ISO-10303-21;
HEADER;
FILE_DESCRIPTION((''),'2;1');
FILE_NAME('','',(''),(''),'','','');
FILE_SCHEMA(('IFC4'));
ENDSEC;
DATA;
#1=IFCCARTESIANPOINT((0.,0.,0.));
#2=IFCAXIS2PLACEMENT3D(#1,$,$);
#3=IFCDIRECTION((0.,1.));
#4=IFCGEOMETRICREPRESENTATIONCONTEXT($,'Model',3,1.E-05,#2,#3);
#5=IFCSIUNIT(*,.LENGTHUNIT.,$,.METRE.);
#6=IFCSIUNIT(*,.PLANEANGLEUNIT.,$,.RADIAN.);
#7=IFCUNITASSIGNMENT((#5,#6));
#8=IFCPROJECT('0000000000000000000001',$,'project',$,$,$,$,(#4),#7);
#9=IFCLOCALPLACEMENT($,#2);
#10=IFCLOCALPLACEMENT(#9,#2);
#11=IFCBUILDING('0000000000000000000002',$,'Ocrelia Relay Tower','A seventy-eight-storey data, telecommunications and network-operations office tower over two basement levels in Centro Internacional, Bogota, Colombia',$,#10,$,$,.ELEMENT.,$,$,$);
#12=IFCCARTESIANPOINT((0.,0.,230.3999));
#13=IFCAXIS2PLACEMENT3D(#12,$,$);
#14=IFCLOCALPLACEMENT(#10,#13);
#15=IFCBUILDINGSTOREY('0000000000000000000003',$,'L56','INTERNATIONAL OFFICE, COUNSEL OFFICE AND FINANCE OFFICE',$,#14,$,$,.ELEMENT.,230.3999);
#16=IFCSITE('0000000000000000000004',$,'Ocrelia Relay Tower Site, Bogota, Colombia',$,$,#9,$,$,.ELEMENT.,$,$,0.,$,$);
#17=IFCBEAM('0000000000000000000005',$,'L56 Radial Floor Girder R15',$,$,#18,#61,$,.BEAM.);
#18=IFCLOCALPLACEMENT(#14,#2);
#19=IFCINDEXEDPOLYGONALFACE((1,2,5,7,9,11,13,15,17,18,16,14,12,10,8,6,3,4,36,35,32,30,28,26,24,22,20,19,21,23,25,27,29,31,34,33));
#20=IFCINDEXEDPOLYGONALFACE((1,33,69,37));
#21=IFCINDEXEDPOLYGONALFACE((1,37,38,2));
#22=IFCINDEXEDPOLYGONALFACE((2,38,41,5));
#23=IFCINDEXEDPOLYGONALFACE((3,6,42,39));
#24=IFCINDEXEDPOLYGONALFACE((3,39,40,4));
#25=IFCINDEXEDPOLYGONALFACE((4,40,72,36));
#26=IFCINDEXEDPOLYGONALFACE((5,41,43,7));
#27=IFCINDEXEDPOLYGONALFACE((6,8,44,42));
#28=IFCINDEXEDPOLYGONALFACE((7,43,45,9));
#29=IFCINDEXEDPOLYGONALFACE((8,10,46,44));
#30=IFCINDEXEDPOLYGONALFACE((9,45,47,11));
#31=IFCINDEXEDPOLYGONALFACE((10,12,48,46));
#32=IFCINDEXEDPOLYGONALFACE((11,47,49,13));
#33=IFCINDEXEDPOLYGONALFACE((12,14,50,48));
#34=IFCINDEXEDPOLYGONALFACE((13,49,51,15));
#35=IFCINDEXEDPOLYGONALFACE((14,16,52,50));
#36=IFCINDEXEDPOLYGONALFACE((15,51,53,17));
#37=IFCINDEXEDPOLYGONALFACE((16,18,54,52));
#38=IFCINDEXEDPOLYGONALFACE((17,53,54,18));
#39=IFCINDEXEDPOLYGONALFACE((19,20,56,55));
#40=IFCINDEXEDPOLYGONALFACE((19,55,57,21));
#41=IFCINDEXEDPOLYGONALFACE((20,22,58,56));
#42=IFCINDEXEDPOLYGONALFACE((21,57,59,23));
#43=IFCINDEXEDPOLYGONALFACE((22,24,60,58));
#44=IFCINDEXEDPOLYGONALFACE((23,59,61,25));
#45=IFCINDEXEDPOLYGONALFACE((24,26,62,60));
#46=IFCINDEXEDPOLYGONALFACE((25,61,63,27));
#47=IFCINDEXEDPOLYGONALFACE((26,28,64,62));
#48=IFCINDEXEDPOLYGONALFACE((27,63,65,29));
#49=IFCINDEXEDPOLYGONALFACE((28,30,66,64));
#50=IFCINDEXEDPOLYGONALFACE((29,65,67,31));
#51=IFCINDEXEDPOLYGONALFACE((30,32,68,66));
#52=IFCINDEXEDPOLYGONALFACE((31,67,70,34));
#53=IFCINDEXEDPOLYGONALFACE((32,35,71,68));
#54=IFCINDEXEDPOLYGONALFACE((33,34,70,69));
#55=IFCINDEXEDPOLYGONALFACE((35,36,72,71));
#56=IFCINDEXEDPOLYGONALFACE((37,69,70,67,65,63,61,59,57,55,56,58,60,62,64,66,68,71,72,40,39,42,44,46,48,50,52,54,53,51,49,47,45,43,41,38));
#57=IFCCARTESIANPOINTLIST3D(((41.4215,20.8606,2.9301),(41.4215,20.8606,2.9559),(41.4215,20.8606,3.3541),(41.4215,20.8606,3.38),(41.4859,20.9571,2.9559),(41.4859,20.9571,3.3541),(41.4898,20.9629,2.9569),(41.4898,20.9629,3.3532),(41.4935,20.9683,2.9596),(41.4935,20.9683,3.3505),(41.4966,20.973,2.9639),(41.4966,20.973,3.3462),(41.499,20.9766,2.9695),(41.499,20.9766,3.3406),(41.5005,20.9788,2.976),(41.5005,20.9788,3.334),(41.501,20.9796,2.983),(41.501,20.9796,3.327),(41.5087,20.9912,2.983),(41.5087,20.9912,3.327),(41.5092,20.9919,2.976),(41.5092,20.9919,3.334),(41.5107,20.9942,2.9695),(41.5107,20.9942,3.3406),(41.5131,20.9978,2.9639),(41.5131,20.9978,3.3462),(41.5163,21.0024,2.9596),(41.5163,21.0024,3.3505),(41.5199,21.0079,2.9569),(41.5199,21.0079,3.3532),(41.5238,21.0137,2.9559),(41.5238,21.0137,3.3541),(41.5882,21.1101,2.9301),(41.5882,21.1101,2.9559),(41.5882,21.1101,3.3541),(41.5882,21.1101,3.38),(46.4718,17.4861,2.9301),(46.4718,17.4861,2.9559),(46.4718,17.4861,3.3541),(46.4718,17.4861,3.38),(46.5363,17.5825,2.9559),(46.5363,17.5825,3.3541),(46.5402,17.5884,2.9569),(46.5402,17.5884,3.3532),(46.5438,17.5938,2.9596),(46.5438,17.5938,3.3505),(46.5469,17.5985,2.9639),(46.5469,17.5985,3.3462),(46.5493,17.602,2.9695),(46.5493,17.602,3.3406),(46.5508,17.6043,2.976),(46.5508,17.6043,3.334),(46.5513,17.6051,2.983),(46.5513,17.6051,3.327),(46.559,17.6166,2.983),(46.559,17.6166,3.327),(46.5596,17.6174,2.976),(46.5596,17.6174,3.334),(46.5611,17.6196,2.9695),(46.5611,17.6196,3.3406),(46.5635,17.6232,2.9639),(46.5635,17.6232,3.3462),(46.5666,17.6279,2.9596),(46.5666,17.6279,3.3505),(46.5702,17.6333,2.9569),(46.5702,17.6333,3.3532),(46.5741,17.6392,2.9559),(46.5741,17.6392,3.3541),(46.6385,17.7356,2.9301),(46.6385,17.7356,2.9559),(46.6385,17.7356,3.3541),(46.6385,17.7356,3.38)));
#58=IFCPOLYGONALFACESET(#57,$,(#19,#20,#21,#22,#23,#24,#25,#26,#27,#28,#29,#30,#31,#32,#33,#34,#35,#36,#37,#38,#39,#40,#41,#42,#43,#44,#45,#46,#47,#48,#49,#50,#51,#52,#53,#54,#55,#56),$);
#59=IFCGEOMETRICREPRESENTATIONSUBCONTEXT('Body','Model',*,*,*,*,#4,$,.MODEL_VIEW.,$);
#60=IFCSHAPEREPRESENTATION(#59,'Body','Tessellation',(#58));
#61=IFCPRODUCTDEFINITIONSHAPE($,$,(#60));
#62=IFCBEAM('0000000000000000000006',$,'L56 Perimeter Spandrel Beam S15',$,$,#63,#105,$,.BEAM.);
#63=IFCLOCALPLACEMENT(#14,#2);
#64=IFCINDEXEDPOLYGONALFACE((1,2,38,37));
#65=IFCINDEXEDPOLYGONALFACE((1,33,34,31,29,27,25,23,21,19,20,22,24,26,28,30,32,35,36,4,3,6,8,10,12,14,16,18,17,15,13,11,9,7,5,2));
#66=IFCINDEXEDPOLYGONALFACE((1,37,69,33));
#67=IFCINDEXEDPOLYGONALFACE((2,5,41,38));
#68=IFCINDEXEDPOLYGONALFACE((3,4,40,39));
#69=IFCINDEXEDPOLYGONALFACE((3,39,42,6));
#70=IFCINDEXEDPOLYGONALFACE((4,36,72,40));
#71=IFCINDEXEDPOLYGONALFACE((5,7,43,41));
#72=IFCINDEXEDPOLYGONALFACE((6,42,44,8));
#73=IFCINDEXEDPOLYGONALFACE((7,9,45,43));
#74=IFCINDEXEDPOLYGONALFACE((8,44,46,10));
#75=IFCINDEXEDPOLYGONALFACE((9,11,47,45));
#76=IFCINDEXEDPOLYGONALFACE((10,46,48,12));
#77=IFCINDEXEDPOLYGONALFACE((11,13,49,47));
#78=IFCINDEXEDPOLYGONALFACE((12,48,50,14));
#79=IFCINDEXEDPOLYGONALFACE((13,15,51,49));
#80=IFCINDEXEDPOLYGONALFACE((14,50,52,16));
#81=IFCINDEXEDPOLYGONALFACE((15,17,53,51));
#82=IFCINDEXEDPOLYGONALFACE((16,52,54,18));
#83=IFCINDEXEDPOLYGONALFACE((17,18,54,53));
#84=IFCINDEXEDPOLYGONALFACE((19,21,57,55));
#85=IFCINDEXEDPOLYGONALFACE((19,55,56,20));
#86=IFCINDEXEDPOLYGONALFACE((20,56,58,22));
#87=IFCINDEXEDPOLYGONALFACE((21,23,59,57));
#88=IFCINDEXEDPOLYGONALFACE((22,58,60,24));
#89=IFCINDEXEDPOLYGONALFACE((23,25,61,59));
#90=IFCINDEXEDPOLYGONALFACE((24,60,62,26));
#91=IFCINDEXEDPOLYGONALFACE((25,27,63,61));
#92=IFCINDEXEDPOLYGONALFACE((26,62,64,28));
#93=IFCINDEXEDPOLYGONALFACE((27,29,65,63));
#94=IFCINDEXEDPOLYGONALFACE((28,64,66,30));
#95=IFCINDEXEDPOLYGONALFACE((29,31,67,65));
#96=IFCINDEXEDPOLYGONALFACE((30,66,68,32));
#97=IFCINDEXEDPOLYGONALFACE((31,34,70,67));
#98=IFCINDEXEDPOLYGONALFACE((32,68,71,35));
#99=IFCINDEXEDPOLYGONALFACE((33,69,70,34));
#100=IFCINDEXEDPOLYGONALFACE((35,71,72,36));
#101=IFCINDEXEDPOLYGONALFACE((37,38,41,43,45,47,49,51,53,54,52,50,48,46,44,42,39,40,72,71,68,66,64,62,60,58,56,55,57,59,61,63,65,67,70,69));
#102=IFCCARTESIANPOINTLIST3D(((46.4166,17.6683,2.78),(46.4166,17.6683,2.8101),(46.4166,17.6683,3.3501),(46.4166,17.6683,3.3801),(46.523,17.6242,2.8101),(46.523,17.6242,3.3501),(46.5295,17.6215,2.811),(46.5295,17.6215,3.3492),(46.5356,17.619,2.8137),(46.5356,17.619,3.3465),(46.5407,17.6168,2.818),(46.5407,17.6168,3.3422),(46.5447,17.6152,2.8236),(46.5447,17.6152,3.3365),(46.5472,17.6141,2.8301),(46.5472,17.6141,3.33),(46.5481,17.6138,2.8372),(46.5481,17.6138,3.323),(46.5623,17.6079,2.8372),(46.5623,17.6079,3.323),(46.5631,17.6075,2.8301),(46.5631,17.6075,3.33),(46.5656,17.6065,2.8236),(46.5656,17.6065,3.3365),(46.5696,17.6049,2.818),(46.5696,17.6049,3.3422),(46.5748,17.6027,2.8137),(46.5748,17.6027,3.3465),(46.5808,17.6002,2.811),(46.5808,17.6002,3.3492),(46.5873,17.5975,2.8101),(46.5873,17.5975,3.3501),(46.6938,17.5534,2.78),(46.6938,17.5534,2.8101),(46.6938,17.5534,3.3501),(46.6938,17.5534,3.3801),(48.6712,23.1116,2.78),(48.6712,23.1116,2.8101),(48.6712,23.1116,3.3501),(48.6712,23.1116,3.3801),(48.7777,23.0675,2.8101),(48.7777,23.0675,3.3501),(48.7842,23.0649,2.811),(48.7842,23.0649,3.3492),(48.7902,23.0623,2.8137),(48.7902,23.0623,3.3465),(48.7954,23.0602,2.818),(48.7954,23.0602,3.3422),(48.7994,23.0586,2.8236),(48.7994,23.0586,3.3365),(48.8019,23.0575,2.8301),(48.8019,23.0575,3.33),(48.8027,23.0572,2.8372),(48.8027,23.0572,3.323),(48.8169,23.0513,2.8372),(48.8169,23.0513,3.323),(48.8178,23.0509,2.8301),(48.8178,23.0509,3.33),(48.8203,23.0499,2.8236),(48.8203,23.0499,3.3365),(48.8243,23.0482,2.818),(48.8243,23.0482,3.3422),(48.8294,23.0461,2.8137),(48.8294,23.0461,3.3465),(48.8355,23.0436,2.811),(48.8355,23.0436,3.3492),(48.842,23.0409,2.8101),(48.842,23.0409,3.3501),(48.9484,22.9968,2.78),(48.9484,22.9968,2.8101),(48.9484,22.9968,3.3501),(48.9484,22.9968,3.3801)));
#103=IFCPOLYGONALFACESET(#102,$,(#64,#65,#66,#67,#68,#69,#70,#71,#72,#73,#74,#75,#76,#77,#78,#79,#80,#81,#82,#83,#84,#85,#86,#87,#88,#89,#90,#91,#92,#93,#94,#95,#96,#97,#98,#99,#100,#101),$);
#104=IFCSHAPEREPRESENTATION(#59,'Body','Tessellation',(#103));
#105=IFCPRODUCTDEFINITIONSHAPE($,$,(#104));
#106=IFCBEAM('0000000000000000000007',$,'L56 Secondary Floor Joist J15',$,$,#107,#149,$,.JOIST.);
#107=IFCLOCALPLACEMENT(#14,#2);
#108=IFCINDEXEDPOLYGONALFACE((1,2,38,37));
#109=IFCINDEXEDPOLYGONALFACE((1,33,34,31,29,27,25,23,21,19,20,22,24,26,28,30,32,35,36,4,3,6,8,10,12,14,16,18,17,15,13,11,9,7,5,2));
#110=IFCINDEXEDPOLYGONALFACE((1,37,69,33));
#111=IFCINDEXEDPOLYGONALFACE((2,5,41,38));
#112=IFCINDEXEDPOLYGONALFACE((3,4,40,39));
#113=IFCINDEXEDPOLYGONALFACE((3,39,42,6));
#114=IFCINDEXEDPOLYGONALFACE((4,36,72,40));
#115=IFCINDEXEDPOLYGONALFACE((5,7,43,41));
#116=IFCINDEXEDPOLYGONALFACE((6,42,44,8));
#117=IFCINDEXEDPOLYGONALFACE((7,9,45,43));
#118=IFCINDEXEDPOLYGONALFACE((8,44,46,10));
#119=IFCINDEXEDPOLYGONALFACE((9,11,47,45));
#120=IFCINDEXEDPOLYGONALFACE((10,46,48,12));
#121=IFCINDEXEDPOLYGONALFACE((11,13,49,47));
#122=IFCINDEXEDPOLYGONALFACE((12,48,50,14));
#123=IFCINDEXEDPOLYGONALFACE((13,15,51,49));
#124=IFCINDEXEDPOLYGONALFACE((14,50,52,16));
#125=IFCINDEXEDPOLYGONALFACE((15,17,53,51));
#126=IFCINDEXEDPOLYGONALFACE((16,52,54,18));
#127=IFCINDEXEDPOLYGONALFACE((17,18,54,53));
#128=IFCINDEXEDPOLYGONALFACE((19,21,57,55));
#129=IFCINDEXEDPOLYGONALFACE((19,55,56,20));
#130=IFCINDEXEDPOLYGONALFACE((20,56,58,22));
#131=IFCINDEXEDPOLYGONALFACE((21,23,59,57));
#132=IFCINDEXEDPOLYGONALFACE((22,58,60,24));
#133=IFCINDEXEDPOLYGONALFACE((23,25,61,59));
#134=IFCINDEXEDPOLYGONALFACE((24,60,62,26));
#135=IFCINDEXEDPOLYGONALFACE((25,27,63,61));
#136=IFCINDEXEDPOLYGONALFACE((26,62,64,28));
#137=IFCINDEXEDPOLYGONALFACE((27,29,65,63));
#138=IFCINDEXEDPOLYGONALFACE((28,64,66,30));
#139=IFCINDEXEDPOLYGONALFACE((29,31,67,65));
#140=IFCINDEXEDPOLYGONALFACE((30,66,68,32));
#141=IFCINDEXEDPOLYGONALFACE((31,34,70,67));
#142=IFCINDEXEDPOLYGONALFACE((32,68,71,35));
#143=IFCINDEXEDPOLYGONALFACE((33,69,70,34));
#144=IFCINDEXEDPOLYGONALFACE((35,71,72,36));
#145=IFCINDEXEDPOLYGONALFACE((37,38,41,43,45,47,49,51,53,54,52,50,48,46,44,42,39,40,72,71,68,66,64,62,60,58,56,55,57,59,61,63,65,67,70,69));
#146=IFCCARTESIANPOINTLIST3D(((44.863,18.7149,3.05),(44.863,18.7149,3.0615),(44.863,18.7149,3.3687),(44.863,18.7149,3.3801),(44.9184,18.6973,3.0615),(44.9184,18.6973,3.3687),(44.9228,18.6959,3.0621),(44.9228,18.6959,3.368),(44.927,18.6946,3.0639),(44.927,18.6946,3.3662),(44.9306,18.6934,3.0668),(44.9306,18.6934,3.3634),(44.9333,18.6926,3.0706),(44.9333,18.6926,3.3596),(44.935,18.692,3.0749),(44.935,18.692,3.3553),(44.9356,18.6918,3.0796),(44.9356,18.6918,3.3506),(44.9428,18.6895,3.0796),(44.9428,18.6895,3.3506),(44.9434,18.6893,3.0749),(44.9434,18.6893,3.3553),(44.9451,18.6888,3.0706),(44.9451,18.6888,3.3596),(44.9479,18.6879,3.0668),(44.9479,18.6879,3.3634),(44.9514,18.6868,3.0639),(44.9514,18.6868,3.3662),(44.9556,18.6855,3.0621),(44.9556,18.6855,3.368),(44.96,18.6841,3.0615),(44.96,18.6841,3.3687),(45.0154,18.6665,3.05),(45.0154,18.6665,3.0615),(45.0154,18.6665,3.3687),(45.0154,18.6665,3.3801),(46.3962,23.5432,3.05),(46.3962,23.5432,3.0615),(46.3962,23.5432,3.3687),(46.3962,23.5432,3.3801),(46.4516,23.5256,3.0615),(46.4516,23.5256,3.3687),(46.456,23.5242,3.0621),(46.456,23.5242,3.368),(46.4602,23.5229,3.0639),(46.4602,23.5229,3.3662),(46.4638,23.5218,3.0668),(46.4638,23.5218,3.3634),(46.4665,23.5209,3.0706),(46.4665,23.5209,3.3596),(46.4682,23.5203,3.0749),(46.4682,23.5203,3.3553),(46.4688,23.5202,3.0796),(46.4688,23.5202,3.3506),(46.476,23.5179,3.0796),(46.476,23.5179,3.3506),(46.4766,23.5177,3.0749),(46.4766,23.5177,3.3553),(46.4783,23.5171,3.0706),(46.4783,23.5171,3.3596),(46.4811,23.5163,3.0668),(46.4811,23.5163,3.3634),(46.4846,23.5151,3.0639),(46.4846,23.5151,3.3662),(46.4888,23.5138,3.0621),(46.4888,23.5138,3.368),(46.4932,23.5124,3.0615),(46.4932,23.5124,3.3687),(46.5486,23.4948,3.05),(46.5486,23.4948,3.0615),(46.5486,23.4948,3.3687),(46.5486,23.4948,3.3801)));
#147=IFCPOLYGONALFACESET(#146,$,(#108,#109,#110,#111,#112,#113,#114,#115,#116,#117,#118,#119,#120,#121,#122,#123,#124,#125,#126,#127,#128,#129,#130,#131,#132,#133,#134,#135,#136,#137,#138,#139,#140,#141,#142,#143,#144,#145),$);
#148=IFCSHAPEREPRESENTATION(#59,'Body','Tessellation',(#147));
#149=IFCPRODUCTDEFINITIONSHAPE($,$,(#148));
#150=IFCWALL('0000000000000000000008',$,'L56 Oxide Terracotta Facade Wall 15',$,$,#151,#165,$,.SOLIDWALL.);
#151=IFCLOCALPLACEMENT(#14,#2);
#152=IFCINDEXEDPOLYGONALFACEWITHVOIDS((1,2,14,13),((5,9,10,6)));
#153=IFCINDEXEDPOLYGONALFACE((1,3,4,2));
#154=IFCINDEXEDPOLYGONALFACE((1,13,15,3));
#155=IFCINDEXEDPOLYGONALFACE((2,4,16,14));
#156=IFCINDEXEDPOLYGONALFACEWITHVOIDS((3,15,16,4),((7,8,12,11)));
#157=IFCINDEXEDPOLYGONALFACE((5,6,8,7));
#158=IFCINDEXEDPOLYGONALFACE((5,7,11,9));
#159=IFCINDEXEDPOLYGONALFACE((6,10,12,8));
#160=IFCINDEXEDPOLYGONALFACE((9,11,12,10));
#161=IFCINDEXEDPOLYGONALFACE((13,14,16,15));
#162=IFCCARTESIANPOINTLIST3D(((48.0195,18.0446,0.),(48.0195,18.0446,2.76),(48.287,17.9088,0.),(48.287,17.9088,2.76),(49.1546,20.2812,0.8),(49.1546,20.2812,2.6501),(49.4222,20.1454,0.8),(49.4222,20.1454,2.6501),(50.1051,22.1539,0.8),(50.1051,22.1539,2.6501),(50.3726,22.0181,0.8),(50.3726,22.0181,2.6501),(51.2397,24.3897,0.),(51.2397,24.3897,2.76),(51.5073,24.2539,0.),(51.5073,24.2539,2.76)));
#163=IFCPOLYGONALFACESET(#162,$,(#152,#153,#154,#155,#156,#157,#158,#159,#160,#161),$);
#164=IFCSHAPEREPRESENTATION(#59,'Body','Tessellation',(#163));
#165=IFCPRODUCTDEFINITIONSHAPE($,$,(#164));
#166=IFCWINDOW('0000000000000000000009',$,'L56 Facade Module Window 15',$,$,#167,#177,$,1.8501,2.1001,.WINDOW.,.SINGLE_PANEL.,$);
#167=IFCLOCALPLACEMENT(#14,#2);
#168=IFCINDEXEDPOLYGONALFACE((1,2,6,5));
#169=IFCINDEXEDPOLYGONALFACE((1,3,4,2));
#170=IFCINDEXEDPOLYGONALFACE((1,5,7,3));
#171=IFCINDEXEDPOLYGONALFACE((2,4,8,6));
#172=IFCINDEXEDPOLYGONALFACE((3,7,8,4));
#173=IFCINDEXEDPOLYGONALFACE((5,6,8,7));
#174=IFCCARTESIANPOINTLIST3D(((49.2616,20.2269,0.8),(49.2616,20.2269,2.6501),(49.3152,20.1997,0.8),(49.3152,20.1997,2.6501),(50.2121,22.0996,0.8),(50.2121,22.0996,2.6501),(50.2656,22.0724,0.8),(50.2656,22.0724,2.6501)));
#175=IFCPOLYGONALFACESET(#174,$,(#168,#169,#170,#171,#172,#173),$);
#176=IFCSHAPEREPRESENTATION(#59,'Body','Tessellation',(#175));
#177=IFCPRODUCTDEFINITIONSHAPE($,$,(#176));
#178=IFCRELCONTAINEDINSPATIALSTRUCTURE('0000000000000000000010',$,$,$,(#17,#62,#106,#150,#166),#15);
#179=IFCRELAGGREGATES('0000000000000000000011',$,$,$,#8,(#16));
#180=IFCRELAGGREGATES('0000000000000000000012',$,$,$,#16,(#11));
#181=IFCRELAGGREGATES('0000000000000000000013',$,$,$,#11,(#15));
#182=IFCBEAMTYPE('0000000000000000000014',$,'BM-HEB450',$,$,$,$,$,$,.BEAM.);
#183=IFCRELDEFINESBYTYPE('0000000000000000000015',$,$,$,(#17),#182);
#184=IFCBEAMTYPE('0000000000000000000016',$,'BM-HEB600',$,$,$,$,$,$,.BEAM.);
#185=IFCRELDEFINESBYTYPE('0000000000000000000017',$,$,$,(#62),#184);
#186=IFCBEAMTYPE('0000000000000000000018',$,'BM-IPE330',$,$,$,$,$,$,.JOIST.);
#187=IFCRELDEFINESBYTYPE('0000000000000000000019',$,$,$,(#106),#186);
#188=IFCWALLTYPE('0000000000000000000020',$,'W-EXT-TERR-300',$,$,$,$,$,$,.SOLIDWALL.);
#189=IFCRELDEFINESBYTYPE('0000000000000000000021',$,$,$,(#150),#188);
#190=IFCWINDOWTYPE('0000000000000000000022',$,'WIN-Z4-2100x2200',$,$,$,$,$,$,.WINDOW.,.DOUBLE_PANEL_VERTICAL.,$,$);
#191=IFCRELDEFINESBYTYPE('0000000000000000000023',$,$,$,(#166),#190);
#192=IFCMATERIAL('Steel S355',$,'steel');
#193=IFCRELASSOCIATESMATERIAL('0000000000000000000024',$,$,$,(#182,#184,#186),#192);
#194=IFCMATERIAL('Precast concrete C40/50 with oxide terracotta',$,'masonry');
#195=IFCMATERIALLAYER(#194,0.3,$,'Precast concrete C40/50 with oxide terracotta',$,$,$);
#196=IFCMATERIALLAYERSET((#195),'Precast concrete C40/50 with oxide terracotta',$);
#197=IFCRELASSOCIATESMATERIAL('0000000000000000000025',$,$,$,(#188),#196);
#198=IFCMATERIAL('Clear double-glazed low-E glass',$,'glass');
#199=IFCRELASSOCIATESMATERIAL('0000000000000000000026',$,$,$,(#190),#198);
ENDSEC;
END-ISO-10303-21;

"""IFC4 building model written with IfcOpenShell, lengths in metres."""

from ifc_helpers import new_model, si_unit, direction, frame, frame_2d, origin, origin_2d, place, context, subcontext, project, spatial, rectangle, i_section, extrude, material, layer, layer_set, material_profile, profile_set, type_object, element, fill, save


model = new_model("IFC4")

# Units and contexts
model_context = context("Model", 3, precision=1e-05, world=origin(), true_north=direction((0.0, 1.0)))
body_context = subcontext(model_context, "Body", "Model", "MODEL_VIEW")
ifc_project = project(units=[si_unit("LENGTHUNIT", "METRE"), si_unit("PLANEANGLEUNIT", "RADIAN")], contexts=[model_context])

# Site, building, storey
site_placement = place(None, origin())
site = spatial("IfcSite", under=ifc_project, at=site_placement, Name="Ocrelia Relay Tower Site, Bogota, Colombia", CompositionType="ELEMENT", RefElevation=0.0)
building_placement = place(site_placement, origin())
building = spatial("IfcBuilding", under=site, at=building_placement, Name="Ocrelia Relay Tower", Description="A seventy-eight-storey data, telecommunications and network-operations office tower over two basement levels in Centro Internacional, Bogota, Colombia", CompositionType="ELEMENT")
storey_placement = place(building_placement, frame((0.0, 0.0, 230.3999)))
storey = spatial("IfcBuildingStorey", under=building, at=storey_placement, Name="L56", Description="INTERNATIONAL OFFICE, COUNSEL OFFICE AND FINANCE OFFICE", CompositionType="ELEMENT", Elevation=230.3999)

# Beams
ifc_material_1 = material(Name="Steel S355", Category="steel")
ifc_material_profile_1 = material_profile(ifc_material_1, i_section(OverallWidth=0.3, OverallDepth=0.45, WebThickness=0.0139, FlangeThickness=0.0259, FilletRadius=0.0271, at=origin_2d()), Name="HEB 450")
ifc_profile_set_1 = profile_set([ifc_material_profile_1], Name="Steel S355")
beam_type_1 = type_object("IfcBeamType", Name="BM-HEB450", PredefinedType="BEAM", material=ifc_profile_set_1)
beam_1_placement = place(storey_placement, frame((46.5552, 17.6108, 3.155), z_axis=(-0.831469, 0.555572, 0.0), x_axis=(-0.555572, -0.831469, 0.0)))
element("IfcBeam", 1, at=beam_1_placement, inside=storey, type_object=beam_type_1, Name="L56 Radial Floor Girder R15", PredefinedType="BEAM", context=body_context, shape_type="SweptSolid", body=[
    extrude(i_section(OverallWidth=0.3, OverallDepth=0.45, WebThickness=0.0139, FlangeThickness=0.0259, FilletRadius=0.0271, at=origin_2d()), origin(), (0.0, 0.0, 1.0), 6.074),
])
ifc_material_profile_2 = material_profile(ifc_material_1, i_section(OverallWidth=0.3, OverallDepth=0.6001, WebThickness=0.0154, FlangeThickness=0.03, FilletRadius=0.0271, at=origin_2d()), Name="HEB 600")
ifc_profile_set_2 = profile_set([ifc_material_profile_2], Name="Steel S355")
beam_type_2 = type_object("IfcBeamType", Name="BM-HEB600", PredefinedType="BEAM", material=ifc_profile_set_2)
beam_2_placement = place(storey_placement, frame((46.5552, 17.6108, 3.0801), z_axis=(0.382673, 0.923884, 0.0), x_axis=(-0.923884, 0.382673, 0.0)))
element("IfcBeam", 2, at=beam_2_placement, inside=storey, type_object=beam_type_2, Name="L56 Perimeter Spandrel Beam S15", PredefinedType="BEAM", context=body_context, shape_type="SweptSolid", body=[
    extrude(i_section(OverallWidth=0.3, OverallDepth=0.6001, WebThickness=0.0154, FlangeThickness=0.03, FilletRadius=0.0271, at=origin_2d()), origin(), (0.0, 0.0, 1.0), 5.8918),
])
ifc_material_profile_3 = material_profile(ifc_material_1, i_section(OverallWidth=0.1599, OverallDepth=0.3301, WebThickness=0.0076, FlangeThickness=0.0115, FilletRadius=0.0181, at=origin_2d()), Name="IPE 330")
ifc_profile_set_3 = profile_set([ifc_material_profile_3], Name="Steel S355")
beam_type_3 = type_object("IfcBeamType", Name="BM-IPE330", PredefinedType="JOIST", material=ifc_profile_set_3)
beam_3_placement = place(storey_placement, frame((44.9392, 18.6907, 3.2151), z_axis=(0.302649, 0.953102, 0.0), x_axis=(-0.953102, 0.302649, 0.0)))
element("IfcBeam", 3, at=beam_3_placement, inside=storey, type_object=beam_type_3, Name="L56 Secondary Floor Joist J15", PredefinedType="JOIST", context=body_context, shape_type="SweptSolid", body=[
    extrude(i_section(OverallWidth=0.1599, OverallDepth=0.3301, WebThickness=0.0076, FlangeThickness=0.0115, FilletRadius=0.0181, at=origin_2d()), origin(), (0.0, 0.0, 1.0), 5.0659),
])

# Shared definitions
ifc_material_2 = material(Name="Precast concrete C40/50 with oxide terracotta", Category="masonry")
ifc_layer_1 = layer(ifc_material_2, 0.3, Name="Precast concrete C40/50 with oxide terracotta")
ifc_layer_set_1 = layer_set([ifc_layer_1], Name="Precast concrete C40/50 with oxide terracotta")
wall_type_1 = type_object("IfcWallType", Name="W-EXT-TERR-300", PredefinedType="SOLIDWALL", material=ifc_layer_set_1)

# Wall, opening, window
wall_1_placement = place(storey_placement, frame((48.1533, 17.9768, 0.0), z_axis=(0.0, 0.0, 1.0), x_axis=(0.452572, 0.891728, 0.0)))
wall_1 = element("IfcWall", 4, at=wall_1_placement, inside=storey, type_object=wall_type_1, Name="L56 Oxide Terracotta Facade Wall 15", PredefinedType="SOLIDWALL", context=body_context, shape_type="SweptSolid", body=[
    extrude(rectangle(XDim=7.1155, YDim=0.3, at=frame_2d((3.5576, 0.0))), origin(), (0.0, 0.0, 1.0), 2.76),
])
opening_1_placement = place(wall_1_placement, frame((2.5081, 0.0, 0.8)))
opening_1 = element("IfcOpeningElement", 5, at=opening_1_placement, cuts=wall_1, PredefinedType="OPENING", context=body_context, shape_type="SweptSolid", body=[
    extrude(rectangle(XDim=2.1001, YDim=1.8501, at=frame_2d((1.05, 0.925))), frame((0.0, 0.1602, 0.0), z_axis=(0.0, -1.0, 0.0), x_axis=(1.0, 0.0, 0.0)), (0.0, 0.0, 1.0), 0.3201),
])
ifc_material_3 = material(Name="Clear double-glazed low-E glass", Category="glass")
window_type = type_object("IfcWindowType", Name="WIN-Z4-2100x2200", PartitioningType="DOUBLE_PANEL_VERTICAL", PredefinedType="WINDOW", material=ifc_material_3)
window_placement = place(opening_1_placement, origin())
window = element("IfcWindow", 6, at=window_placement, inside=storey, type_object=window_type, Name="L56 Facade Module Window 15", OverallHeight=1.8501, OverallWidth=2.1001, PartitioningType="SINGLE_PANEL", PredefinedType="WINDOW", context=body_context, shape_type="SweptSolid", body=[
    extrude(rectangle(XDim=2.1001, YDim=1.8501, at=frame_2d((1.05, 0.925))), frame((0.0, 0.03, 0.0), z_axis=(0.0, -1.0, 0.0), x_axis=(1.0, 0.0, 0.0)), (0.0, 0.0, 1.0), 0.0601),
])
fill(opening_1, window)

save(model, "model.ifc")
